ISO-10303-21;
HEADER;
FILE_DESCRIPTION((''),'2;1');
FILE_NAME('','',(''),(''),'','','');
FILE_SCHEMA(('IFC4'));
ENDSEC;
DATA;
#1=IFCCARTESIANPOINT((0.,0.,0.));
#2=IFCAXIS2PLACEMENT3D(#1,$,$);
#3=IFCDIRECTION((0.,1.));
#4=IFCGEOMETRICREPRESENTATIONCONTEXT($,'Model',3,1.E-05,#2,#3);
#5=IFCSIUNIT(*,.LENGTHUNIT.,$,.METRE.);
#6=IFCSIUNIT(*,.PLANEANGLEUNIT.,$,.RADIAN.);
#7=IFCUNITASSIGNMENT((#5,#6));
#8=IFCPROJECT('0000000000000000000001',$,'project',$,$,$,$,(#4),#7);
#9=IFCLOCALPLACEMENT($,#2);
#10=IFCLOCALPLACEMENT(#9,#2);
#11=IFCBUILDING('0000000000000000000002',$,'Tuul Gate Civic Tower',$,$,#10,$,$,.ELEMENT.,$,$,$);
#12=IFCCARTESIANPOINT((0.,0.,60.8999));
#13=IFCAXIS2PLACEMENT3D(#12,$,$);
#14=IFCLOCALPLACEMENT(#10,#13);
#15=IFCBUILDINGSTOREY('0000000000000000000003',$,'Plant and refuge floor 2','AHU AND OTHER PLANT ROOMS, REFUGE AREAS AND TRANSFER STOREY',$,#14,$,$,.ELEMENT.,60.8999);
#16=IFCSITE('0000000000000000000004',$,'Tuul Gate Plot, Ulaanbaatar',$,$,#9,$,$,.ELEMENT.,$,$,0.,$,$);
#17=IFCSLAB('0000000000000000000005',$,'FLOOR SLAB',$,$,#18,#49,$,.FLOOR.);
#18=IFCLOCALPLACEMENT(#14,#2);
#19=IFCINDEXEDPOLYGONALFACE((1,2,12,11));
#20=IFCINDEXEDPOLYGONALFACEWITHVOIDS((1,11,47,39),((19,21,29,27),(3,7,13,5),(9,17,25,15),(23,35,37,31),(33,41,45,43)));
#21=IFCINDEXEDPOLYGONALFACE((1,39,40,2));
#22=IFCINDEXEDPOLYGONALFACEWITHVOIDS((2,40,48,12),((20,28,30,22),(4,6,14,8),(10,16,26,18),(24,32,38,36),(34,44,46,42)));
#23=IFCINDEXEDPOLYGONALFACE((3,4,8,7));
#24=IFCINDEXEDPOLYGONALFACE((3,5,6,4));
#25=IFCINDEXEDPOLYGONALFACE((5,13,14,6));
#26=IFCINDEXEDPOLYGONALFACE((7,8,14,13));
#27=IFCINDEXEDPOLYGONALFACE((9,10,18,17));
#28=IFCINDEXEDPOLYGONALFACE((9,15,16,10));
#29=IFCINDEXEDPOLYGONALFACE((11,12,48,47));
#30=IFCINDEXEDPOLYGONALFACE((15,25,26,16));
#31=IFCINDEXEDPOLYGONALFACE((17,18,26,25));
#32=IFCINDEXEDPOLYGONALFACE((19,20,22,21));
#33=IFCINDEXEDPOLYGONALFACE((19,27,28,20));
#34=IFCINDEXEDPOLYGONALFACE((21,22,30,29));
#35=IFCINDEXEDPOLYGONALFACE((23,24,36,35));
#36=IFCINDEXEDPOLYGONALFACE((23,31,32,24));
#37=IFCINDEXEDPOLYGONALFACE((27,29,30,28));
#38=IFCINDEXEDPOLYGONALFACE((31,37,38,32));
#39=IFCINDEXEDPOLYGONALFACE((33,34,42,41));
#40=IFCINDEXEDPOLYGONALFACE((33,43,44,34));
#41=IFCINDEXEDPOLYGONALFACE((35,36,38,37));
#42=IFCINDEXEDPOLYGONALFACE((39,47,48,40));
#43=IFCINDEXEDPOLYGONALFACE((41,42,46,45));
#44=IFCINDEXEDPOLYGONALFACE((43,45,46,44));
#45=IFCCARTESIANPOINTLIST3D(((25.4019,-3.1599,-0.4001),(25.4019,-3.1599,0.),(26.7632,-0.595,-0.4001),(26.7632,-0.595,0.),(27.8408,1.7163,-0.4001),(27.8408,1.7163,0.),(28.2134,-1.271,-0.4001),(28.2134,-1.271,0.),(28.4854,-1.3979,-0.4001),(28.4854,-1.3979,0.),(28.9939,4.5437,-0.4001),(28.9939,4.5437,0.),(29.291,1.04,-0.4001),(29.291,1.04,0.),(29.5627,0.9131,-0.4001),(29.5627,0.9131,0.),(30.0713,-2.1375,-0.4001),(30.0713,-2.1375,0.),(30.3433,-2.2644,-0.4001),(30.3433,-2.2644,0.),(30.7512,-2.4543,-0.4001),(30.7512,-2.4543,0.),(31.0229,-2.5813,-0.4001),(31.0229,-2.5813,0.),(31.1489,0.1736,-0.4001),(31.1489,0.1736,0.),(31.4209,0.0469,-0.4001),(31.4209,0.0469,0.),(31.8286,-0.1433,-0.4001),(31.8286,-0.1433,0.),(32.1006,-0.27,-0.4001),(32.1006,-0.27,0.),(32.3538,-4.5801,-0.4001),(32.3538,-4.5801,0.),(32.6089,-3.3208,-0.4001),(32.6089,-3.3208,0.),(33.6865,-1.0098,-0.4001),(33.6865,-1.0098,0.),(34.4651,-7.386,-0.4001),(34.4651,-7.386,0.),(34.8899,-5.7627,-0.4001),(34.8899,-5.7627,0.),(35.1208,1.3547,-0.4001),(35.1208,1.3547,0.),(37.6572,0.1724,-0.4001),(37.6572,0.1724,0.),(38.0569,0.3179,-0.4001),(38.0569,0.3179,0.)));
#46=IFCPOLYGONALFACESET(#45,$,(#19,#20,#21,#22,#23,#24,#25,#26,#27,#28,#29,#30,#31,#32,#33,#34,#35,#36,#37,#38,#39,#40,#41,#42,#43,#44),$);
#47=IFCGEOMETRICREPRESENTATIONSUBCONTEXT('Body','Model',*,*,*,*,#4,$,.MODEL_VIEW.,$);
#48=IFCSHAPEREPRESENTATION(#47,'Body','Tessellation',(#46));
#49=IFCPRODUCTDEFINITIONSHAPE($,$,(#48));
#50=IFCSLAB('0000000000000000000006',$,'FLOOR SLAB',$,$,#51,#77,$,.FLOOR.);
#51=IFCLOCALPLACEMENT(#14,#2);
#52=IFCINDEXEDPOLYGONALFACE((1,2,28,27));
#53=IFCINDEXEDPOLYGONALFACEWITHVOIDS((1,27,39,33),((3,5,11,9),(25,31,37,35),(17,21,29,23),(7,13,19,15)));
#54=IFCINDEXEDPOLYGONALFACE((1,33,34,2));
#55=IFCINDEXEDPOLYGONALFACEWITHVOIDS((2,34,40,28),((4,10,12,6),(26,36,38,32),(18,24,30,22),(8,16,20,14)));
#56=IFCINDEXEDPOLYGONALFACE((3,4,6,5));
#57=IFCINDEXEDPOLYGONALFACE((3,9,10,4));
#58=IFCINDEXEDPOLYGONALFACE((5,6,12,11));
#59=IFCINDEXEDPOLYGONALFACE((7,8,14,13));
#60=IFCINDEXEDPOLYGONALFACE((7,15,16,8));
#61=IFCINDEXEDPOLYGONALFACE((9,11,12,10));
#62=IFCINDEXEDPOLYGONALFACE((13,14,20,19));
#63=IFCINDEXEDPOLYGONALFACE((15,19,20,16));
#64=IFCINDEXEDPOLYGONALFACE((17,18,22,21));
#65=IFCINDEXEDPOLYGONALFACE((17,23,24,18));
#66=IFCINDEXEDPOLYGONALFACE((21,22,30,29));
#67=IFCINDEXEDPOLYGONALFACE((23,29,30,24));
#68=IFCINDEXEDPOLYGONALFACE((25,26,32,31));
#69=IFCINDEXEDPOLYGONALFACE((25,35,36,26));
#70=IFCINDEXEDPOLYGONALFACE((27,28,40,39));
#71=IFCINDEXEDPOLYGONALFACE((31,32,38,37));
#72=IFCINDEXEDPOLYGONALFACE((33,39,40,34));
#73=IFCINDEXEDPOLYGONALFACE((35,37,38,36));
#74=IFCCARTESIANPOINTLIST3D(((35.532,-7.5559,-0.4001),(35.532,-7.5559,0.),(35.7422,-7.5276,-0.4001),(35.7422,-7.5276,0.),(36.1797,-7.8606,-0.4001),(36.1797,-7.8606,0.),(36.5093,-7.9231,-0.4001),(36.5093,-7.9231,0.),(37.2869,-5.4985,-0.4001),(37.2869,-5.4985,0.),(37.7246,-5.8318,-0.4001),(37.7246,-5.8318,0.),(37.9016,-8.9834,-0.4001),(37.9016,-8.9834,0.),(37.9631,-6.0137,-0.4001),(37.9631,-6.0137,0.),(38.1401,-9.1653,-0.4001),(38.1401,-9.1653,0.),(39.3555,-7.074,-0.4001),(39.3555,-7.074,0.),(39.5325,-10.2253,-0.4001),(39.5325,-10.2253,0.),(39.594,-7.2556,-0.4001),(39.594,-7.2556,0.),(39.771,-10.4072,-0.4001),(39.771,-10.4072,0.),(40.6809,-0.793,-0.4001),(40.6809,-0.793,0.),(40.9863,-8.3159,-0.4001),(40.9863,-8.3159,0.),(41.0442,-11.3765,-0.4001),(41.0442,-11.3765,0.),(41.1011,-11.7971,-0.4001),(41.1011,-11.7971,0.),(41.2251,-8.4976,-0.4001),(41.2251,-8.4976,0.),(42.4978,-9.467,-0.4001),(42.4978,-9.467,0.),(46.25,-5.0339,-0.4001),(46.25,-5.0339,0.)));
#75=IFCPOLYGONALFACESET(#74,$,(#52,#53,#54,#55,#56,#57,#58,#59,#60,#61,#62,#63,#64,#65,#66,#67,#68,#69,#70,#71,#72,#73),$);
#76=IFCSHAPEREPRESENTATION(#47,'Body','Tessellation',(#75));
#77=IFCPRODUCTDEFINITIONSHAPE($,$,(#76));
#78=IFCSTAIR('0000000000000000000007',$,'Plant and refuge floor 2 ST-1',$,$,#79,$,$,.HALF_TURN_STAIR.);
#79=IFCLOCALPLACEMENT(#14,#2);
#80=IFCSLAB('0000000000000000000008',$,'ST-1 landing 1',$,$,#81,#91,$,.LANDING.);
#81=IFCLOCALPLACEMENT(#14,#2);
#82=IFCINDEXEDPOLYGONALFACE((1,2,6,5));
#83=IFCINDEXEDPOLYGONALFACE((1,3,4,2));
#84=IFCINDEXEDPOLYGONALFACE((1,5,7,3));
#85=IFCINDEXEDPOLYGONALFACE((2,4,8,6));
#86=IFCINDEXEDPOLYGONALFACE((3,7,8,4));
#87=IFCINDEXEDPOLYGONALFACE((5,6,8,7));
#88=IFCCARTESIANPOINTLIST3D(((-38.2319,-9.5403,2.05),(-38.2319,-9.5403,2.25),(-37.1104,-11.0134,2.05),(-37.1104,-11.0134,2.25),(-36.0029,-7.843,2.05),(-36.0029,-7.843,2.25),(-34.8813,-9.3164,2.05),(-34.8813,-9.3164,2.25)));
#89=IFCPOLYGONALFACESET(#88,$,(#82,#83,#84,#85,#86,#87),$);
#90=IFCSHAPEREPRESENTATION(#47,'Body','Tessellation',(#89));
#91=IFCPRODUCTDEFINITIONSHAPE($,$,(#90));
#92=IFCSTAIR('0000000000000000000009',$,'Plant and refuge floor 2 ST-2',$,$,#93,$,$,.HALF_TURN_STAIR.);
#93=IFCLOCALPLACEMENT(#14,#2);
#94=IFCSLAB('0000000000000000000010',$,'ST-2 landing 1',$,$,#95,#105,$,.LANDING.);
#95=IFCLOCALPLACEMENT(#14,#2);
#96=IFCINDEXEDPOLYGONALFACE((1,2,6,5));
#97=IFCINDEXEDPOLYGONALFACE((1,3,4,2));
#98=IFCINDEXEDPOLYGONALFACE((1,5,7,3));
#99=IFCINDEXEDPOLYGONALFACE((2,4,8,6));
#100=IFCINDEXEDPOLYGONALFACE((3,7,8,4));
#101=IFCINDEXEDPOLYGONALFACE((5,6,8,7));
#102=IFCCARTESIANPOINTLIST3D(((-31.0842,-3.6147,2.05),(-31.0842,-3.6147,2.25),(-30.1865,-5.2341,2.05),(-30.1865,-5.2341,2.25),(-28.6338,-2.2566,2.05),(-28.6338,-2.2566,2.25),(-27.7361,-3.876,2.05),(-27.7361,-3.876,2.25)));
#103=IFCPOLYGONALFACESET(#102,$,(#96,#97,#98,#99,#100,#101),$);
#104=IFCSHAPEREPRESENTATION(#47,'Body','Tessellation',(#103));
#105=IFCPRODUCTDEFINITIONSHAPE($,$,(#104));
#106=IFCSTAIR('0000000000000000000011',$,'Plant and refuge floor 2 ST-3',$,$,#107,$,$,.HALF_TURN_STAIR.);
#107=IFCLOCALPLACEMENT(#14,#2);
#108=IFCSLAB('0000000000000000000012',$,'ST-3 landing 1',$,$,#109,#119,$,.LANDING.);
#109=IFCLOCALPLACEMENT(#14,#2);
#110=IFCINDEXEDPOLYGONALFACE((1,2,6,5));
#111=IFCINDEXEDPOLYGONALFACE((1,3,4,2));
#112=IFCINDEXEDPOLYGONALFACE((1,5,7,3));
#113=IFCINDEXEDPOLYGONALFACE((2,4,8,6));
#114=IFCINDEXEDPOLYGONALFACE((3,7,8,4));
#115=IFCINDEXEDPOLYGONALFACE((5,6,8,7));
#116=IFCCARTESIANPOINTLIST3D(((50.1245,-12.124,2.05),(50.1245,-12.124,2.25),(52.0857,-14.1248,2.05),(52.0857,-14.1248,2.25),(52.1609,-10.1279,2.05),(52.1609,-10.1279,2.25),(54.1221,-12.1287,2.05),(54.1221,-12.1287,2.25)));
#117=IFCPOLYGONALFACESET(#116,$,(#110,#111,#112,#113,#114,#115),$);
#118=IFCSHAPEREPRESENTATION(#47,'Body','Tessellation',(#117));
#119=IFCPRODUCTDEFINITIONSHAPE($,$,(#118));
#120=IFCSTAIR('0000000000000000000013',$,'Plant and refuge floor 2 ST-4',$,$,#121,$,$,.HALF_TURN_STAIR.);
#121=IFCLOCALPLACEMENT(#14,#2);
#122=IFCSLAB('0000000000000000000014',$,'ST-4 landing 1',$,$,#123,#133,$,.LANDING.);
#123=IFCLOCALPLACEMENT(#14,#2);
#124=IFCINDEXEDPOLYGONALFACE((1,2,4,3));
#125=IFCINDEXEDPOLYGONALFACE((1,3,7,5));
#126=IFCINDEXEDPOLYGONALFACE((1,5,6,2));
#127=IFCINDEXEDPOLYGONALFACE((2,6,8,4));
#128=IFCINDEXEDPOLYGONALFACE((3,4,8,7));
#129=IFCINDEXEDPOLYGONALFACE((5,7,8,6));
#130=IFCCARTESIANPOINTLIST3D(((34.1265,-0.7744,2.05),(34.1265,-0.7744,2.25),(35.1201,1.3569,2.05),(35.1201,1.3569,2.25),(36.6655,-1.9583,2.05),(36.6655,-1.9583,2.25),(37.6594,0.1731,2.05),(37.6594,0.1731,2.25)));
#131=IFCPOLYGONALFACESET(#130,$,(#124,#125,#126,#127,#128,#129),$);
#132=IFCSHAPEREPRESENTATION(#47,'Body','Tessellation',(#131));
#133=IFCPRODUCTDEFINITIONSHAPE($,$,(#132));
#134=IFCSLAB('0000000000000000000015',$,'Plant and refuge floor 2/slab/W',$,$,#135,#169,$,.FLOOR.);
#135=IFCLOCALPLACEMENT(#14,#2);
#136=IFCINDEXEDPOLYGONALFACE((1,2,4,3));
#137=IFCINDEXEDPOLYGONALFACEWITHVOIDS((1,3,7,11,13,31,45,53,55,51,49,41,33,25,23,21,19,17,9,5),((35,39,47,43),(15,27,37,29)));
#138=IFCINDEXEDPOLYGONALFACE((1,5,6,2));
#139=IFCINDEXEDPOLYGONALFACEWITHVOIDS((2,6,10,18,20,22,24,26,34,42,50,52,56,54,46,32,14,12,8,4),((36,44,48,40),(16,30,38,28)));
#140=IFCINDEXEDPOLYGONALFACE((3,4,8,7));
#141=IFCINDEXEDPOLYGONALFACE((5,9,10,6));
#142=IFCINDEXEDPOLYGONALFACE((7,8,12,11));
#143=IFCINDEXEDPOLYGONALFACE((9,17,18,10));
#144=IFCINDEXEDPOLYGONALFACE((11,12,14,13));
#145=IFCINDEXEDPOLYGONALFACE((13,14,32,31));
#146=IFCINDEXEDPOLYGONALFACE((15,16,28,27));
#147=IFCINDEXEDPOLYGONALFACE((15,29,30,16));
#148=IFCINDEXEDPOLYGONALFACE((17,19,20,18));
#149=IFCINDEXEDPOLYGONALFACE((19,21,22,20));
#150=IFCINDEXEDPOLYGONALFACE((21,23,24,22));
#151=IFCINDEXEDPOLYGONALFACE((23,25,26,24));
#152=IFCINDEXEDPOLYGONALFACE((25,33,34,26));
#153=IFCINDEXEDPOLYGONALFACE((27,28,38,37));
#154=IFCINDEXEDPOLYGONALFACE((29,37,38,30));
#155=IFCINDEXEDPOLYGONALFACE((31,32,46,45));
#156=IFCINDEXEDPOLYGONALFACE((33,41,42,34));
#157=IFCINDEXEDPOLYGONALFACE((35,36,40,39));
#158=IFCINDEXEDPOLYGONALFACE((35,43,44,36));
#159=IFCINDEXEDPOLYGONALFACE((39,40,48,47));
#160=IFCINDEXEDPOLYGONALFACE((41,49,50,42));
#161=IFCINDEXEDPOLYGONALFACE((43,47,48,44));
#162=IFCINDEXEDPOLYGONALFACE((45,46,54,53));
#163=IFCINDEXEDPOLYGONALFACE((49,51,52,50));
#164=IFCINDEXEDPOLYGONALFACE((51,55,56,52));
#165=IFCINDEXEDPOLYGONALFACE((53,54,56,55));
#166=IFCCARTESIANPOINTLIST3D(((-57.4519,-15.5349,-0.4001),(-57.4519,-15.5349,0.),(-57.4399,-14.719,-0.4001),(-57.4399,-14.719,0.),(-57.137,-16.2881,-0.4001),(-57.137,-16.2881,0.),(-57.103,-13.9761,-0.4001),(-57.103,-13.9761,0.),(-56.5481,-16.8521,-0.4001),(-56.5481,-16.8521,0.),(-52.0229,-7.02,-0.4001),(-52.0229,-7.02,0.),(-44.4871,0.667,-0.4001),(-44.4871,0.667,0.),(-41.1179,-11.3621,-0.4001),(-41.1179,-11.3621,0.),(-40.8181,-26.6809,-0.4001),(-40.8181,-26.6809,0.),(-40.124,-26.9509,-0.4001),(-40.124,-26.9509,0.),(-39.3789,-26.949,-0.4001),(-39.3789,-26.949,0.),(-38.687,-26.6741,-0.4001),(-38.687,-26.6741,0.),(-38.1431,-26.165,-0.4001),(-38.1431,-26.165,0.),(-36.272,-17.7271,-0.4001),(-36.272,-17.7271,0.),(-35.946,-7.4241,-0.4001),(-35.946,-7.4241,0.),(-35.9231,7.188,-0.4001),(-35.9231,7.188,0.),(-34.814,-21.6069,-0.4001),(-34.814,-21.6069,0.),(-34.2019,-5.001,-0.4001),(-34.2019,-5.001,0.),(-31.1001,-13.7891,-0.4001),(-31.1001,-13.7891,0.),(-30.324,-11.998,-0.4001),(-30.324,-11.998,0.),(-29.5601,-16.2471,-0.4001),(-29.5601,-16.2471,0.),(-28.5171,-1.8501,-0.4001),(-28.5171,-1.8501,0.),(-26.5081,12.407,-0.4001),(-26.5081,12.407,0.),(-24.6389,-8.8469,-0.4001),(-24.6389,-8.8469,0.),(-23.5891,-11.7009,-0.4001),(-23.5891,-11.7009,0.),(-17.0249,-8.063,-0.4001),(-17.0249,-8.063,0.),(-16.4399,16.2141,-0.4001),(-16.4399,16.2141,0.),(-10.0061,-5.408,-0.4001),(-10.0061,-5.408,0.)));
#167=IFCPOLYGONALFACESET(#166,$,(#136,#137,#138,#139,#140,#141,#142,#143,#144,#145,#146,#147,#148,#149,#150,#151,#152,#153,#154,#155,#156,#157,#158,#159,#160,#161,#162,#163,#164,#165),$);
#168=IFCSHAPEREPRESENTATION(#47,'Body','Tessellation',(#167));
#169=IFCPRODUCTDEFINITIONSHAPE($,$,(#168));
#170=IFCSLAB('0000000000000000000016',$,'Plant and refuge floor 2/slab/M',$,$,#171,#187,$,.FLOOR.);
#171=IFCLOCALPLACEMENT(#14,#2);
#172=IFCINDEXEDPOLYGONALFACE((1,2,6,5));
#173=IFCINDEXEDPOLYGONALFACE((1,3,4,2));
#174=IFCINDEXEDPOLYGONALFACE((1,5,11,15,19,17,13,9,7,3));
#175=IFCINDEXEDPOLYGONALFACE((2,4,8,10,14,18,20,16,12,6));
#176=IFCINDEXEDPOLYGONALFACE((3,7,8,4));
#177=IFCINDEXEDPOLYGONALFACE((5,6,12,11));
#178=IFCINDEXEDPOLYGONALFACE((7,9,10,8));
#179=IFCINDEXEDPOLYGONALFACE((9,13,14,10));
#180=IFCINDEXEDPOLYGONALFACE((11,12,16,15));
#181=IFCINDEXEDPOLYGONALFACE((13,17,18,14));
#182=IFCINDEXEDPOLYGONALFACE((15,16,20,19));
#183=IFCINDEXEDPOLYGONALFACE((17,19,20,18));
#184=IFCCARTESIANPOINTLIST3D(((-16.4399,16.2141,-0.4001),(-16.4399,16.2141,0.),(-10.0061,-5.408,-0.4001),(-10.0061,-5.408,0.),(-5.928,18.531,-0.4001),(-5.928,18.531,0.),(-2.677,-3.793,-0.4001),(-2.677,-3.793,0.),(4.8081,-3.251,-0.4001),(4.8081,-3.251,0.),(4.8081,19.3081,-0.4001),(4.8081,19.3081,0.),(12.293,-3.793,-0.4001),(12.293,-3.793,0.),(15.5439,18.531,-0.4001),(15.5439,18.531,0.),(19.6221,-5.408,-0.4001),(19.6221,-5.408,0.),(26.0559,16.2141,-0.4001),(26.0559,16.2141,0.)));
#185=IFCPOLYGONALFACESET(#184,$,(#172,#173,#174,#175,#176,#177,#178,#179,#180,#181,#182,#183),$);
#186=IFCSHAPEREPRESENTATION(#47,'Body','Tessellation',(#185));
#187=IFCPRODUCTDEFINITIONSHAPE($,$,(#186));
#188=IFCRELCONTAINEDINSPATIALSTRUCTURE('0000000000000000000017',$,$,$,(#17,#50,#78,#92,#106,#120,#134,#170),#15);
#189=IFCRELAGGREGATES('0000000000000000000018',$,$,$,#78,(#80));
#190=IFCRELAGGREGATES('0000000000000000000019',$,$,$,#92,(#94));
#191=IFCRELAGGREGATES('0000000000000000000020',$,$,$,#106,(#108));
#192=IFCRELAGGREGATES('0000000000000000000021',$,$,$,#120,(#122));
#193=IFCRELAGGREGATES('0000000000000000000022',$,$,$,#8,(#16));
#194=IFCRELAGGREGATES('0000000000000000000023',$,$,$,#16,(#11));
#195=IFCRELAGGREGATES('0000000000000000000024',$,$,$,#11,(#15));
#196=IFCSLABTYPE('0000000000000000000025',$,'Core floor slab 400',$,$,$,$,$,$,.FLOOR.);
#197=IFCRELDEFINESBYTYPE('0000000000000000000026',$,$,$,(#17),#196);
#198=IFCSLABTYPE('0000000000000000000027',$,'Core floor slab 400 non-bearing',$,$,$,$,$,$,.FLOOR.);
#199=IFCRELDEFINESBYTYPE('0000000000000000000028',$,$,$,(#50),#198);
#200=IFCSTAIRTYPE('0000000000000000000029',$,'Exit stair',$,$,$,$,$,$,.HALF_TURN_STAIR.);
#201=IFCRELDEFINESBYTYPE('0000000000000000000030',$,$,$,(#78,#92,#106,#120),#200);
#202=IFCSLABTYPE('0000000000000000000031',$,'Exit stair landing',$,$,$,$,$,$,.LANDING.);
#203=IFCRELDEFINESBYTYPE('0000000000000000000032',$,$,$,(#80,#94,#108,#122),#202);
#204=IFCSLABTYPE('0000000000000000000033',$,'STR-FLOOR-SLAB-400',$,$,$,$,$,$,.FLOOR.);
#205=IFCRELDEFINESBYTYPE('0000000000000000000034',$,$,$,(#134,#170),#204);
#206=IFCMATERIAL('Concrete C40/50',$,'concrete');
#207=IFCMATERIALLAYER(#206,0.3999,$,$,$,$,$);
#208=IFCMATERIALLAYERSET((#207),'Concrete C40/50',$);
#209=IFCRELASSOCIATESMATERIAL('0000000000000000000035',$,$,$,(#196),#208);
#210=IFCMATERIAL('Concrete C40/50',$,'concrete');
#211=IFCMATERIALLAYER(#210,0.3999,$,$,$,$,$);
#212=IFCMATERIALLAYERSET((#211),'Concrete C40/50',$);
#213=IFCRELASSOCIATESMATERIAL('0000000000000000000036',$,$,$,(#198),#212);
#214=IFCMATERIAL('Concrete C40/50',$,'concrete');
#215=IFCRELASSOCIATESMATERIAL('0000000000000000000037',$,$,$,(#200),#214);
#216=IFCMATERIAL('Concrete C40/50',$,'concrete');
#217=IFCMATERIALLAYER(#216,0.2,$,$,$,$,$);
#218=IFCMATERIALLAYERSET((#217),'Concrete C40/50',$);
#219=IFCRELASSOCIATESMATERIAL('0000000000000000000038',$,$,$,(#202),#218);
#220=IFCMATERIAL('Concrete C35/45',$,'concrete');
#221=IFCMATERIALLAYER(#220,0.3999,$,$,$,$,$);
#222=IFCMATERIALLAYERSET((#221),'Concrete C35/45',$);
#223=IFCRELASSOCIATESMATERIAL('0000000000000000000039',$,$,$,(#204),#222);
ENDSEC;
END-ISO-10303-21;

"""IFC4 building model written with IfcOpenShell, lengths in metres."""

from ifc_helpers import new_model, si_unit, direction, frame, origin, place, context, subcontext, project, spatial, polyline, outline, extrude, material, layer, layer_set, type_object, element, aggregate, save


model = new_model("IFC4")

# Units and contexts
model_context = context("Model", 3, precision=1e-05, world=origin(), true_north=direction((0.0, 1.0)))
body_context = subcontext(model_context, "Body", "Model", "MODEL_VIEW")
ifc_project = project(units=[si_unit("LENGTHUNIT", "METRE"), si_unit("PLANEANGLEUNIT", "RADIAN")], contexts=[model_context])

# Site, building, storey
site_placement = place(None, origin())
site = spatial("IfcSite", under=ifc_project, at=site_placement, Name="Tuul Gate Plot, Ulaanbaatar", CompositionType="ELEMENT", RefElevation=0.0)
building_placement = place(site_placement, origin())
building = spatial("IfcBuilding", under=site, at=building_placement, Name="Tuul Gate Civic Tower", CompositionType="ELEMENT")
storey_placement = place(building_placement, frame((0.0, 0.0, 60.8999)))
storey = spatial("IfcBuildingStorey", under=building, at=storey_placement, Name="Plant and refuge floor 2", Description="AHU AND OTHER PLANT ROOMS, REFUGE AREAS AND TRANSFER STOREY", CompositionType="ELEMENT", Elevation=60.8999)

# Slabs
ifc_material_1 = material(Name="Concrete C40/50", Category="concrete")
ifc_layer_1 = layer(ifc_material_1, 0.3999)
ifc_layer_set_1 = layer_set([ifc_layer_1], Name="Concrete C40/50")
slab_type_1 = type_object("IfcSlabType", Name="Core floor slab 400", PredefinedType="FLOOR", material=ifc_layer_set_1)
slab_1_placement = place(storey_placement, frame((0.0, 0.0, -0.4001)))
element("IfcSlab", 1, at=slab_1_placement, inside=storey, type_object=slab_type_1, Name="FLOOR SLAB", PredefinedType="FLOOR", context=body_context, shape_type="SweptSolid", body=[
    extrude(outline(polyline([(34.4651, -7.386), (38.0569, 0.3179), (28.9939, 4.5437), (25.4019, -3.1599), (34.4651, -7.386)]), holes=[polyline([(32.6089, -3.3208), (33.6865, -1.0098), (32.1006, -0.27), (31.0229, -2.5813), (32.6089, -3.3208)]), polyline([(30.0713, -2.1375), (31.1489, 0.1736), (29.5627, 0.9131), (28.4854, -1.3979), (30.0713, -2.1375)]), polyline([(30.7512, -2.4543), (31.8286, -0.1433), (31.4209, 0.0469), (30.3433, -2.2644), (30.7512, -2.4543)]), polyline([(28.2134, -1.271), (29.291, 1.04), (27.8408, 1.7163), (26.7632, -0.595), (28.2134, -1.271)]), polyline([(34.8899, -5.7627), (32.3538, -4.5801), (35.1208, 1.3547), (37.6572, 0.1724), (34.8899, -5.7627)])]), origin(), (0.0, 0.0, 1.0), 0.4001),
])
ifc_material_2 = material(Name="Concrete C40/50", Category="concrete")
ifc_layer_2 = layer(ifc_material_2, 0.3999)
ifc_layer_set_2 = layer_set([ifc_layer_2], Name="Concrete C40/50")
slab_type_2 = type_object("IfcSlabType", Name="Core floor slab 400 non-bearing", PredefinedType="FLOOR", material=ifc_layer_set_2)
slab_2_placement = place(storey_placement, frame((0.0, 0.0, -0.4001)))
element("IfcSlab", 2, at=slab_2_placement, inside=storey, type_object=slab_type_2, Name="FLOOR SLAB", PredefinedType="FLOOR", context=body_context, shape_type="SweptSolid", body=[
    extrude(outline(polyline([(41.1011, -11.7971), (46.25, -5.0339), (40.6809, -0.793), (35.532, -7.5559), (41.1011, -11.7971)]), holes=[polyline([(41.0442, -11.3765), (42.4978, -9.467), (41.2251, -8.4976), (39.771, -10.4072), (41.0442, -11.3765)]), polyline([(39.5325, -10.2253), (40.9863, -8.3159), (39.594, -7.2556), (38.1401, -9.1653), (39.5325, -10.2253)]), polyline([(37.9016, -8.9834), (39.3555, -7.074), (37.9631, -6.0137), (36.5093, -7.9231), (37.9016, -8.9834)]), polyline([(36.1797, -7.8606), (37.7246, -5.8318), (37.2869, -5.4985), (35.7422, -7.5276), (36.1797, -7.8606)])]), origin(), (0.0, 0.0, 1.0), 0.4001),
])

# Stairs, slabs
ifc_material_3 = material(Name="Concrete C40/50", Category="concrete")
stair_type = type_object("IfcStairType", Name="Exit stair", PredefinedType="HALF_TURN_STAIR", material=ifc_material_3)
stair_1_placement = place(storey_placement, origin())
stair_1 = element("IfcStair", 3, at=stair_1_placement, inside=storey, type_object=stair_type, Name="Plant and refuge floor 2 ST-1", PredefinedType="HALF_TURN_STAIR")
ifc_material_4 = material(Name="Concrete C40/50", Category="concrete")
ifc_layer_3 = layer(ifc_material_4, 0.2)
ifc_layer_set_3 = layer_set([ifc_layer_3], Name="Concrete C40/50")
slab_type_3 = type_object("IfcSlabType", Name="Exit stair landing", PredefinedType="LANDING", material=ifc_layer_set_3)
slab_3_placement = place(storey_placement, frame((0.0, 0.0, 2.05)))
slab_3 = element("IfcSlab", 4, at=slab_3_placement, type_object=slab_type_3, Name="ST-1 landing 1", PredefinedType="LANDING", context=body_context, shape_type="SweptSolid", body=[
    extrude(outline(polyline([(-34.8813, -9.3164), (-37.1104, -11.0134), (-38.2319, -9.5403), (-36.0029, -7.843), (-34.8813, -9.3164)])), origin(), (0.0, 0.0, 1.0), 0.2),
])
aggregate(stair_1, [slab_3])
stair_2_placement = place(storey_placement, origin())
stair_2 = element("IfcStair", 5, at=stair_2_placement, inside=storey, type_object=stair_type, Name="Plant and refuge floor 2 ST-2", PredefinedType="HALF_TURN_STAIR")
slab_4_placement = place(storey_placement, frame((0.0, 0.0, 2.05)))
slab_4 = element("IfcSlab", 6, at=slab_4_placement, type_object=slab_type_3, Name="ST-2 landing 1", PredefinedType="LANDING", context=body_context, shape_type="SweptSolid", body=[
    extrude(outline(polyline([(-27.7361, -3.876), (-30.1865, -5.2341), (-31.0842, -3.6147), (-28.6338, -2.2566), (-27.7361, -3.876)])), origin(), (0.0, 0.0, 1.0), 0.2),
])
aggregate(stair_2, [slab_4])
stair_3_placement = place(storey_placement, origin())
stair_3 = element("IfcStair", 7, at=stair_3_placement, inside=storey, type_object=stair_type, Name="Plant and refuge floor 2 ST-3", PredefinedType="HALF_TURN_STAIR")
slab_5_placement = place(storey_placement, frame((0.0, 0.0, 2.05)))
slab_5 = element("IfcSlab", 8, at=slab_5_placement, type_object=slab_type_3, Name="ST-3 landing 1", PredefinedType="LANDING", context=body_context, shape_type="SweptSolid", body=[
    extrude(outline(polyline([(52.0857, -14.1248), (50.1245, -12.124), (52.1609, -10.1279), (54.1221, -12.1287), (52.0857, -14.1248)])), origin(), (0.0, 0.0, 1.0), 0.2),
])
aggregate(stair_3, [slab_5])
stair_4_placement = place(storey_placement, origin())
stair_4 = element("IfcStair", 9, at=stair_4_placement, inside=storey, type_object=stair_type, Name="Plant and refuge floor 2 ST-4", PredefinedType="HALF_TURN_STAIR")
slab_6_placement = place(storey_placement, frame((0.0, 0.0, 2.05)))
slab_6 = element("IfcSlab", 10, at=slab_6_placement, type_object=slab_type_3, Name="ST-4 landing 1", PredefinedType="LANDING", context=body_context, shape_type="SweptSolid", body=[
    extrude(outline(polyline([(36.6655, -1.9583), (34.1265, -0.7744), (35.1201, 1.3569), (37.6594, 0.1731), (36.6655, -1.9583)])), origin(), (0.0, 0.0, 1.0), 0.2),
])
aggregate(stair_4, [slab_6])

# Slabs
ifc_material_5 = material(Name="Concrete C35/45", Category="concrete")
ifc_layer_4 = layer(ifc_material_5, 0.3999)
ifc_layer_set_4 = layer_set([ifc_layer_4], Name="Concrete C35/45")
slab_type_4 = type_object("IfcSlabType", Name="STR-FLOOR-SLAB-400", PredefinedType="FLOOR", material=ifc_layer_set_4)
slab_7_placement = place(storey_placement, frame((0.0, 0.0, -0.4001)))
element("IfcSlab", 11, at=slab_7_placement, inside=storey, type_object=slab_type_4, Name="Plant and refuge floor 2/slab/W", PredefinedType="FLOOR", context=body_context, shape_type="SweptSolid", body=[
    extrude(outline(polyline([(-10.0061, -5.408), (-16.4399, 16.2141), (-26.5081, 12.407), (-35.9231, 7.188), (-44.4871, 0.667), (-52.0229, -7.02), (-57.103, -13.9761), (-57.4399, -14.719), (-57.4519, -15.5349), (-57.137, -16.2881), (-56.5481, -16.8521), (-40.8181, -26.6809), (-40.124, -26.9509), (-39.3789, -26.949), (-38.687, -26.6741), (-38.1431, -26.165), (-34.814, -21.6069), (-29.5601, -16.2471), (-23.5891, -11.7009), (-17.0249, -8.063), (-10.0061, -5.408)]), holes=[polyline([(-31.1001, -13.7891), (-36.272, -17.7271), (-41.1179, -11.3621), (-35.946, -7.4241), (-31.1001, -13.7891)]), polyline([(-24.6389, -8.8469), (-30.324, -11.998), (-34.2019, -5.001), (-28.5171, -1.8501), (-24.6389, -8.8469)])]), origin(), (0.0, 0.0, 1.0), 0.4001),
])
slab_8_placement = place(storey_placement, frame((0.0, 0.0, -0.4001)))
element("IfcSlab", 12, at=slab_8_placement, inside=storey, type_object=slab_type_4, Name="Plant and refuge floor 2/slab/M", PredefinedType="FLOOR", context=body_context, shape_type="SweptSolid", body=[
    extrude(outline(polyline([(19.6221, -5.408), (26.0559, 16.2141), (15.5439, 18.531), (4.8081, 19.3081), (-5.928, 18.531), (-16.4399, 16.2141), (-10.0061, -5.408), (-2.677, -3.793), (4.8081, -3.251), (12.293, -3.793), (19.6221, -5.408)])), origin(), (0.0, 0.0, 1.0), 0.4001),
])

save(model, "model.ifc")
